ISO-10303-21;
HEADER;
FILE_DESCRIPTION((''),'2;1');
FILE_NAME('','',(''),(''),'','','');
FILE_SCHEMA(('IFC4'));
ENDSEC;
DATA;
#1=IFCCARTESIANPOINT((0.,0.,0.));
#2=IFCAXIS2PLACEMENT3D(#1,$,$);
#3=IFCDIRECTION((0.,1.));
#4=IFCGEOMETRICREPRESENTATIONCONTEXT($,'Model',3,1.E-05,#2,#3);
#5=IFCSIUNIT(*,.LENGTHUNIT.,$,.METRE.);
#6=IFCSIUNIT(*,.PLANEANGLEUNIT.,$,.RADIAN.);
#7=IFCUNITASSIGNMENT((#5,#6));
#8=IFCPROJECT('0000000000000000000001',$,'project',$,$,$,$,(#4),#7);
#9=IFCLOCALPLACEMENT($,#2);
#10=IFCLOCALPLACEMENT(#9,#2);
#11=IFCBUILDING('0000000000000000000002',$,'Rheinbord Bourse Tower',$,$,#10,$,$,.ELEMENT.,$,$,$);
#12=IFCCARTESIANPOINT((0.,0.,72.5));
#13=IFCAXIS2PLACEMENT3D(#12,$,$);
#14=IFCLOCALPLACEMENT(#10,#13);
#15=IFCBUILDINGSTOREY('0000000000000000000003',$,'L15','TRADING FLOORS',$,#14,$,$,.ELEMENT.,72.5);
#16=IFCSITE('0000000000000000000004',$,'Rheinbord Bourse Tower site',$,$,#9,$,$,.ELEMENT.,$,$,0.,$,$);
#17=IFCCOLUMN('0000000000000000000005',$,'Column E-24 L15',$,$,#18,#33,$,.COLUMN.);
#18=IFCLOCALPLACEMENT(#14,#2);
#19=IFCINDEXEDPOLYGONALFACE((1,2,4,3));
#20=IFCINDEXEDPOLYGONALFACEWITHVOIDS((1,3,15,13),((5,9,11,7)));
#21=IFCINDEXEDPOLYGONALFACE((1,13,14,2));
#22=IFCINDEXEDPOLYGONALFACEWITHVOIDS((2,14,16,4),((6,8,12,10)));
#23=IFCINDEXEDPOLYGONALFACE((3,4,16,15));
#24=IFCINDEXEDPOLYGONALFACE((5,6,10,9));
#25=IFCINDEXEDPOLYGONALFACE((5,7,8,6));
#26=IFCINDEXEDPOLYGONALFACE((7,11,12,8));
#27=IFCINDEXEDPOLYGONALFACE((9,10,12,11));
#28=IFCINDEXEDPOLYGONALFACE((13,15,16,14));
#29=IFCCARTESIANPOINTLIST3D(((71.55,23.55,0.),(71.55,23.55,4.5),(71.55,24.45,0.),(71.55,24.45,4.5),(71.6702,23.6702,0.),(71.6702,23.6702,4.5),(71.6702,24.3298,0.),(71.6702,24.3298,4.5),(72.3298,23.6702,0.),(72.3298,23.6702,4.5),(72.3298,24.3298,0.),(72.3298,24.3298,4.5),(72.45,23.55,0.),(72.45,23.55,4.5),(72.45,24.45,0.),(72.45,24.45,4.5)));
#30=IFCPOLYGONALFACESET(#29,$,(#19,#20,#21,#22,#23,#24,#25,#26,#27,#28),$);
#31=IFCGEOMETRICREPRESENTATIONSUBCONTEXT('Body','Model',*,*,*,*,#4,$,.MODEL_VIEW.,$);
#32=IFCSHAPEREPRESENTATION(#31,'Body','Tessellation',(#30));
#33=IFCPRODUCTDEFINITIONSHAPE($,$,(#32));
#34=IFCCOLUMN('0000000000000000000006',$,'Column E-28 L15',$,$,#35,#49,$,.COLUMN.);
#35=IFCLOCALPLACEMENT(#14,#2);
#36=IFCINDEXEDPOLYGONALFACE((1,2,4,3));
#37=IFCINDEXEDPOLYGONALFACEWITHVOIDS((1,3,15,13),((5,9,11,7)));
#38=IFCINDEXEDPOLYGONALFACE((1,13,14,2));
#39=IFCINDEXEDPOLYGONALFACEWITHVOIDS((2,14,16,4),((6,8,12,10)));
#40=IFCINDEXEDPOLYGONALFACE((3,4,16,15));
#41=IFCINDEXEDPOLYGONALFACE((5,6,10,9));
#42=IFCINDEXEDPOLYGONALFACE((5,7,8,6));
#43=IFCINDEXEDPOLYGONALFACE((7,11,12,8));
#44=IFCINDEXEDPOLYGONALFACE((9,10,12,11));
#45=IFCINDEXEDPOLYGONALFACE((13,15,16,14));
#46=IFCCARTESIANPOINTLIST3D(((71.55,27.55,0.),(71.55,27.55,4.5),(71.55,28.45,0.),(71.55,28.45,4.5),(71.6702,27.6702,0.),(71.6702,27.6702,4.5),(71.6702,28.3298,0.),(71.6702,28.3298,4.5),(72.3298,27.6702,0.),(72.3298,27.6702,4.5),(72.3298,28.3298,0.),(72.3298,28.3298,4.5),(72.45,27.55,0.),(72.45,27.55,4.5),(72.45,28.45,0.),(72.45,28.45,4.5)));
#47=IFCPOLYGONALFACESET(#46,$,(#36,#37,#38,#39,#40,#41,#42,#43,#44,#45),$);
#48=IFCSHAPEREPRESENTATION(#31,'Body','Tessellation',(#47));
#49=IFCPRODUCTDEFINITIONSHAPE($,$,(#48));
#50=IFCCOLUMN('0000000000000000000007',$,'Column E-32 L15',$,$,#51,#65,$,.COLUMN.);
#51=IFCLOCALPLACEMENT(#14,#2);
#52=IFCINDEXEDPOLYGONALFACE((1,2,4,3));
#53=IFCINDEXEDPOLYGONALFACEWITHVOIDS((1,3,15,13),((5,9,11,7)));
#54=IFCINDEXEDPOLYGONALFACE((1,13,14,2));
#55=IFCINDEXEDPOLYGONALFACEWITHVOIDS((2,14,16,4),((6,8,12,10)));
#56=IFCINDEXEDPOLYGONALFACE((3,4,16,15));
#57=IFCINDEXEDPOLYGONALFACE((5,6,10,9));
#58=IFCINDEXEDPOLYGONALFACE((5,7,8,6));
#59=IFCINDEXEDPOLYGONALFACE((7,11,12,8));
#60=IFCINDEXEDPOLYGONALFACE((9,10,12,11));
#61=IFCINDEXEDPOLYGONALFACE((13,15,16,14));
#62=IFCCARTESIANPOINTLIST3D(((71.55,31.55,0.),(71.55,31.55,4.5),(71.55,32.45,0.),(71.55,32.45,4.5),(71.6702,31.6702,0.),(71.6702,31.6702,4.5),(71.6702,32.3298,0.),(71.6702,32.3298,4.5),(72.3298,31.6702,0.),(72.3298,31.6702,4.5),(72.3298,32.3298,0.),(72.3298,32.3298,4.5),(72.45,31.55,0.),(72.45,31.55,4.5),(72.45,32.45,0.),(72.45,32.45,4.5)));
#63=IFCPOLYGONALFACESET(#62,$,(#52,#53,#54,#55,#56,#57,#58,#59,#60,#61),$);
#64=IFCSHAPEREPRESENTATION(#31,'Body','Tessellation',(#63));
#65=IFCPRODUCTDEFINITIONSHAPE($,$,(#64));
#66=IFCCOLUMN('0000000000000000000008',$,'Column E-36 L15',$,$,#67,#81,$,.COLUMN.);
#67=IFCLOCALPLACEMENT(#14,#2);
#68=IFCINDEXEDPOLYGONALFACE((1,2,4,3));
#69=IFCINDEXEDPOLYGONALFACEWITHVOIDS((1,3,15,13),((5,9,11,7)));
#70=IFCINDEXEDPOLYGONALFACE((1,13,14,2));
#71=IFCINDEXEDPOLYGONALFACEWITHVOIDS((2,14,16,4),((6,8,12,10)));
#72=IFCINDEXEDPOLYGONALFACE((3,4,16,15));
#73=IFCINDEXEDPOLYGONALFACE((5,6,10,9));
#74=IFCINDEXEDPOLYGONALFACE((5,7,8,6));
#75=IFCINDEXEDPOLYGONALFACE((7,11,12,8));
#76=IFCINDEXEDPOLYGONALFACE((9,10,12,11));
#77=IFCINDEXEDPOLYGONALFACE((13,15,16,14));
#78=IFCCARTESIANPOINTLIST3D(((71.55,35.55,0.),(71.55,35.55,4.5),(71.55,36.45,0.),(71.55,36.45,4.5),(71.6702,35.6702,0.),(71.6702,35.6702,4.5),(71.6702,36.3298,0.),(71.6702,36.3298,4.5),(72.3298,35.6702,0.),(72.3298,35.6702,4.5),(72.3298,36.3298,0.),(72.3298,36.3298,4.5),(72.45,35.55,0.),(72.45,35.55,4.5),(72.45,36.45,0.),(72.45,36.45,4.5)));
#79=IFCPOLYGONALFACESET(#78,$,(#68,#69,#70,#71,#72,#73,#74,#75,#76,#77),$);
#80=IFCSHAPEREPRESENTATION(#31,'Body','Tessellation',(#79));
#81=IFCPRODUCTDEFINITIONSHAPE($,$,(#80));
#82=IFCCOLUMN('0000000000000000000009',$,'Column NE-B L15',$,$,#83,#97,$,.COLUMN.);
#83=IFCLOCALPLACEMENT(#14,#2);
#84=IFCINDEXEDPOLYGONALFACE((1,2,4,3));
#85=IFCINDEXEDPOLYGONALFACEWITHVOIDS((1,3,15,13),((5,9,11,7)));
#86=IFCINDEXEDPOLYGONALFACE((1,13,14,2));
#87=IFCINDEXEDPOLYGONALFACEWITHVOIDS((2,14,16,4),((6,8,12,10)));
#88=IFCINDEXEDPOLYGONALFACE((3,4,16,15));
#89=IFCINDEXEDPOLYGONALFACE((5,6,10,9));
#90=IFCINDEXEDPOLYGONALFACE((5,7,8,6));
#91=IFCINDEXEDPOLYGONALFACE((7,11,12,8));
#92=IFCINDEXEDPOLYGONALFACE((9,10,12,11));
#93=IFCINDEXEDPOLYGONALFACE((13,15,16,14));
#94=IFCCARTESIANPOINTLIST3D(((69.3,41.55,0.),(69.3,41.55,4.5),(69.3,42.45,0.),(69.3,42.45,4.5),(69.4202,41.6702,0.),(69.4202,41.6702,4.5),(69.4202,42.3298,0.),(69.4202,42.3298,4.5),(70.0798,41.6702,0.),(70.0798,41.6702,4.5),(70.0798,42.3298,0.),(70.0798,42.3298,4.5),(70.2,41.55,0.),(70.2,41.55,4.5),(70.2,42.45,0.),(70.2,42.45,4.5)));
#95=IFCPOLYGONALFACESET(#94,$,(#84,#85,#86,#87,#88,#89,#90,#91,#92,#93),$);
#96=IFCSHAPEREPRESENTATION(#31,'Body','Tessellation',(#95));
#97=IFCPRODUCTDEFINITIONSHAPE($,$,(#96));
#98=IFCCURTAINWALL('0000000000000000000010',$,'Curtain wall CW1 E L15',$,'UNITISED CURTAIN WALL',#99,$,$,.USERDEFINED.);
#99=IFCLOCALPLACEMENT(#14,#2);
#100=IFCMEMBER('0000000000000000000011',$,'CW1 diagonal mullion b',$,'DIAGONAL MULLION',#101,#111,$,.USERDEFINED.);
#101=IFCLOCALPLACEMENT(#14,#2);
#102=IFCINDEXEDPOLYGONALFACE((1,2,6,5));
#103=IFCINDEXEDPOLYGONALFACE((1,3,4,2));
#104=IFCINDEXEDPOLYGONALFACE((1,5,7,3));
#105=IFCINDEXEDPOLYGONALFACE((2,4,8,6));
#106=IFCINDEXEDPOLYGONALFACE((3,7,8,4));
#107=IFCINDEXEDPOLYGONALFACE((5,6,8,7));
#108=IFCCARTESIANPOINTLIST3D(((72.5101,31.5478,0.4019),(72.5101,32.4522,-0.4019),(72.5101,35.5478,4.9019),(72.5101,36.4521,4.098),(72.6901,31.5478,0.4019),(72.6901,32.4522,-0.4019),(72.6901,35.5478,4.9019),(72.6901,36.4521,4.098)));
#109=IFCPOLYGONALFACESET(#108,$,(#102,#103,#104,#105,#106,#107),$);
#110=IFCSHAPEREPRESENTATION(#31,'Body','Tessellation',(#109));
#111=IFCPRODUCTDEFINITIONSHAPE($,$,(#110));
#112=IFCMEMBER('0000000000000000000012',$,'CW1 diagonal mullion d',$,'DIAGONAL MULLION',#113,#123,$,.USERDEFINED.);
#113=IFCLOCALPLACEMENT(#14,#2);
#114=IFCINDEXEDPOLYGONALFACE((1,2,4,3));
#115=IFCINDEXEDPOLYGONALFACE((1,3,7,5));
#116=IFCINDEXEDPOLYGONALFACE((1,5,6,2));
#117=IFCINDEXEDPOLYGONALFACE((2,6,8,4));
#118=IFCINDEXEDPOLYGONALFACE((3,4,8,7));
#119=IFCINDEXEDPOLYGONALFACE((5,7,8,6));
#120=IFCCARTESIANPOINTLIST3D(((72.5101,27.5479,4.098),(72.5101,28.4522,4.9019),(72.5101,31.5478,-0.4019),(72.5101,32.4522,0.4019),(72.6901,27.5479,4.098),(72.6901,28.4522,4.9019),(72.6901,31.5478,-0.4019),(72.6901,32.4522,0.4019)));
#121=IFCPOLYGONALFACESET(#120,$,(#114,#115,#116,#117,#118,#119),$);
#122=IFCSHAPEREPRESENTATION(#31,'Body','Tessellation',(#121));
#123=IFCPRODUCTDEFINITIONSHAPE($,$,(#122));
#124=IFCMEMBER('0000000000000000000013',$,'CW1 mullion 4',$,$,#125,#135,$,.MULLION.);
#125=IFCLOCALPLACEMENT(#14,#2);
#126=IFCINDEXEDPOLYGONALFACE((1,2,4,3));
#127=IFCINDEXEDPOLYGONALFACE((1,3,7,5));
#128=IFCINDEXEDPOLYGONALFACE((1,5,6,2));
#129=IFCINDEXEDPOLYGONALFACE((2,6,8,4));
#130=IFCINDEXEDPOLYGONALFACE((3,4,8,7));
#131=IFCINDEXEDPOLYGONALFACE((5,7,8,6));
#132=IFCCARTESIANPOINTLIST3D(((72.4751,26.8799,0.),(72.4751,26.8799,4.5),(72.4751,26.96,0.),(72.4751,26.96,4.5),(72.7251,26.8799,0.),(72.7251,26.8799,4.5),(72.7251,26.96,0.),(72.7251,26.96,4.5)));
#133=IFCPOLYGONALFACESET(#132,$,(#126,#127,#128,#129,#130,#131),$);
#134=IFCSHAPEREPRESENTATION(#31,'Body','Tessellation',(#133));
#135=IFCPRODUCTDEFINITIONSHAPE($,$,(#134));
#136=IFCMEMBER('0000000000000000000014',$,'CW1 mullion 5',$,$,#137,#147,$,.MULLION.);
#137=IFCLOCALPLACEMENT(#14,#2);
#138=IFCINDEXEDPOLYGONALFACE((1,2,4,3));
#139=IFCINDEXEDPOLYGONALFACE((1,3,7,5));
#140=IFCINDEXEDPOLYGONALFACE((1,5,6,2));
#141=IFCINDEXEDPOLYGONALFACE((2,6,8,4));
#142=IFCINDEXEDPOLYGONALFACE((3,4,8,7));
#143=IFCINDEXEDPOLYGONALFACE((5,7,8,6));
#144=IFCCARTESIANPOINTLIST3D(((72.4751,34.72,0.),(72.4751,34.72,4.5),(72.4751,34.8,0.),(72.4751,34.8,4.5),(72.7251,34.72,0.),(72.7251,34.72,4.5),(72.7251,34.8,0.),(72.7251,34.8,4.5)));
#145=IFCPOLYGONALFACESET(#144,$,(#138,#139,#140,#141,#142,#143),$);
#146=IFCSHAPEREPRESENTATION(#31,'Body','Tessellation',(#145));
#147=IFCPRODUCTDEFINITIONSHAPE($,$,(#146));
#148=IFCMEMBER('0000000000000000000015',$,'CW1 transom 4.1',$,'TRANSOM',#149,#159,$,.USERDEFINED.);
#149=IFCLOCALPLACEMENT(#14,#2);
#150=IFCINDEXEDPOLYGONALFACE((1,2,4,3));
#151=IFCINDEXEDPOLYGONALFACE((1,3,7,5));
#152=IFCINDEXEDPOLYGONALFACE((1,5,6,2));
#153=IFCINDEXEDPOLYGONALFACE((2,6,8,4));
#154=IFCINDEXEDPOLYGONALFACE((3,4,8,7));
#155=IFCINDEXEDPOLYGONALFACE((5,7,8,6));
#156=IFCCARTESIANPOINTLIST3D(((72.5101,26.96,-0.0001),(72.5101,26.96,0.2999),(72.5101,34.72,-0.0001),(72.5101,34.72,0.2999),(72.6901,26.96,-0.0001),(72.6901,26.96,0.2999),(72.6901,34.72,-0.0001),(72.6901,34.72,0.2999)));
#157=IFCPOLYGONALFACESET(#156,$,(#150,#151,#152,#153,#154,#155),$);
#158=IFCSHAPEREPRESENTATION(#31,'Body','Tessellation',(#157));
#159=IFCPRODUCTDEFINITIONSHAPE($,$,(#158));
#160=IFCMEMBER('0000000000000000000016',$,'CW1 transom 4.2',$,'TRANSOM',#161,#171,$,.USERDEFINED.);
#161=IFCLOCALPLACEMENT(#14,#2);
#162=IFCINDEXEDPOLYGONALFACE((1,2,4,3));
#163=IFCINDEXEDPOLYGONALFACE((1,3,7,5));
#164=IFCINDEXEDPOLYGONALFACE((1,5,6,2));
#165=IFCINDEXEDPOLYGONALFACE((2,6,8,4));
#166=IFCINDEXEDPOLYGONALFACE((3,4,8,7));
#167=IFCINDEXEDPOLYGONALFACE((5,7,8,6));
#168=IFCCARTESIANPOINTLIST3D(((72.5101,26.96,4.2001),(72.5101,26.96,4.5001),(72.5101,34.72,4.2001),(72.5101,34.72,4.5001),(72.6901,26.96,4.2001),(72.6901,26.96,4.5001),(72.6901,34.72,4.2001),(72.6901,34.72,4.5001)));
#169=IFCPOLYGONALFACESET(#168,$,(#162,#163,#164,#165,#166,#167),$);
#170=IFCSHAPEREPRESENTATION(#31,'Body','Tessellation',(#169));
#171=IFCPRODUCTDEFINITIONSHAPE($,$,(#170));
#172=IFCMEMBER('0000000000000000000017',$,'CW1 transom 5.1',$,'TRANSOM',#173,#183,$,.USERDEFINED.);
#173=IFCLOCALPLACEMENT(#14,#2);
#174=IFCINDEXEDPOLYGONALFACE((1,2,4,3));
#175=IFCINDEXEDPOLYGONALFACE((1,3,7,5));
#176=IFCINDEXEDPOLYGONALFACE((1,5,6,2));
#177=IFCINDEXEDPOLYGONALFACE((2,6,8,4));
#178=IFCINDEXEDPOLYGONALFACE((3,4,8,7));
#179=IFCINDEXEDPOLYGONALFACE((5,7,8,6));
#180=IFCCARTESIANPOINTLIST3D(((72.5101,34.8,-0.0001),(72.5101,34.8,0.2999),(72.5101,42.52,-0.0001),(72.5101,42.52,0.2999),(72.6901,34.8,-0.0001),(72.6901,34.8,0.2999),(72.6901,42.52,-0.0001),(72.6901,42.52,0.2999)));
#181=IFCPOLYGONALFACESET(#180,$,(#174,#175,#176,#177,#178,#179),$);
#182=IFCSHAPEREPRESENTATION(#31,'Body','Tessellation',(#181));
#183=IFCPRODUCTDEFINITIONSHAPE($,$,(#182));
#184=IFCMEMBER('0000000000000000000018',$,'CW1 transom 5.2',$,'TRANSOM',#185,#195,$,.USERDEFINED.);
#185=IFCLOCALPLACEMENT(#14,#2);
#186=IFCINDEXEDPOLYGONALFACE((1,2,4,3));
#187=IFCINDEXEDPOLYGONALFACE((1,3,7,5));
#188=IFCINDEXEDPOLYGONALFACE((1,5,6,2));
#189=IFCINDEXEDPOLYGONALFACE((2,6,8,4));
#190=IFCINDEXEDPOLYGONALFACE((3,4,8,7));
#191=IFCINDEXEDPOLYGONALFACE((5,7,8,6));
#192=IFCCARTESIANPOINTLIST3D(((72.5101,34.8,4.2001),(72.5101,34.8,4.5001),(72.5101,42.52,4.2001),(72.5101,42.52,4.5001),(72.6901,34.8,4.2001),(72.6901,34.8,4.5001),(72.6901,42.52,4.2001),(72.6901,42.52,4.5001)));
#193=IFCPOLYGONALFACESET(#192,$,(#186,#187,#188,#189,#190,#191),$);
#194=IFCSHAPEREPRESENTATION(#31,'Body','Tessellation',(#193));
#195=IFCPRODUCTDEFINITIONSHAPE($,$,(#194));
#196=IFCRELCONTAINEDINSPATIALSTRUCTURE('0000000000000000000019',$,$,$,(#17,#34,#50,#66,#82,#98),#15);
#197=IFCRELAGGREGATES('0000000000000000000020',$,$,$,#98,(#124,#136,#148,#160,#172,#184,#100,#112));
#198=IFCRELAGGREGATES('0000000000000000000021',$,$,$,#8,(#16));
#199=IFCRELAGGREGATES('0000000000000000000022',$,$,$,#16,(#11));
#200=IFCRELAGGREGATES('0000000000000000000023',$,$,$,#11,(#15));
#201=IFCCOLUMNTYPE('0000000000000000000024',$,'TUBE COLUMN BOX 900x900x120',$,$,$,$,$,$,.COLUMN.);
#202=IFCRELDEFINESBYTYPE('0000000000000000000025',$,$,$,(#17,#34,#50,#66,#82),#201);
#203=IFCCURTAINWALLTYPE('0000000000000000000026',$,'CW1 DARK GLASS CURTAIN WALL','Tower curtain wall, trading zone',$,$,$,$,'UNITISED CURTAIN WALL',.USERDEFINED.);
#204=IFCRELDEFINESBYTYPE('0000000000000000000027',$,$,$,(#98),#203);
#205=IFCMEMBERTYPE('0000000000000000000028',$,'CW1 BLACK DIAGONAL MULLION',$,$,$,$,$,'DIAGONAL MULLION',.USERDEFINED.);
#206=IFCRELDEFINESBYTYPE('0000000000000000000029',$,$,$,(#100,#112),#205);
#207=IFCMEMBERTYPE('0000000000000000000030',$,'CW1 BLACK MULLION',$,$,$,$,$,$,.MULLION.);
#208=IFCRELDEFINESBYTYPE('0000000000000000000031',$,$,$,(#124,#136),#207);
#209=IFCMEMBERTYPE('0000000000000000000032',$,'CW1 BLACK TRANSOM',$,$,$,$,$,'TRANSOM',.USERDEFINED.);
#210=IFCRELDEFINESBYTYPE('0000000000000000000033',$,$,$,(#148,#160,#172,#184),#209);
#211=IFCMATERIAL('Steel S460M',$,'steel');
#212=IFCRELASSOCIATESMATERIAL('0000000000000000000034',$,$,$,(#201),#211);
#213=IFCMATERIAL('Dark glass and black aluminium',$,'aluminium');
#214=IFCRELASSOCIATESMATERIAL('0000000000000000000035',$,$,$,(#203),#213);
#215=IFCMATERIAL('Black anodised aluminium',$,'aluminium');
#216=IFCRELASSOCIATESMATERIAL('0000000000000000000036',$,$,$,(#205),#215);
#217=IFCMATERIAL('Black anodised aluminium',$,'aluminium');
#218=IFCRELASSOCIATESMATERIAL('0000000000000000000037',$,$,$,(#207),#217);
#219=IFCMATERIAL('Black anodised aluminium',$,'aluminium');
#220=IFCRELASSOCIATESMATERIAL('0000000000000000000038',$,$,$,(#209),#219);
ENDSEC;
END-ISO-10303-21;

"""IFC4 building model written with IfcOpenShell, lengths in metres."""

from ifc_helpers import new_model, si_unit, direction, frame, origin, origin_2d, place, context, subcontext, project, spatial, rectangle, hollow_rectangle, extrude, material, material_profile, profile_set, type_object, element, aggregate, save


model = new_model("IFC4")

# Units and contexts
model_context = context("Model", 3, precision=1e-05, world=origin(), true_north=direction((0.0, 1.0)))
body_context = subcontext(model_context, "Body", "Model", "MODEL_VIEW")
ifc_project = project(units=[si_unit("LENGTHUNIT", "METRE"), si_unit("PLANEANGLEUNIT", "RADIAN")], contexts=[model_context])

# Site, building, storey
site_placement = place(None, origin())
site = spatial("IfcSite", under=ifc_project, at=site_placement, Name="Rheinbord Bourse Tower site", CompositionType="ELEMENT", RefElevation=0.0)
building_placement = place(site_placement, origin())
building = spatial("IfcBuilding", under=site, at=building_placement, Name="Rheinbord Bourse Tower", CompositionType="ELEMENT")
storey_placement = place(building_placement, frame((0.0, 0.0, 72.5)))
storey = spatial("IfcBuildingStorey", under=building, at=storey_placement, Name="L15", Description="TRADING FLOORS", CompositionType="ELEMENT", Elevation=72.5)

# Columns
ifc_material_1 = material(Name="Steel S460M", Category="steel")
ifc_material_profile_1 = material_profile(ifc_material_1, hollow_rectangle(XDim=0.8999, YDim=0.8999, WallThickness=0.1201, at=origin_2d()), Name="BOX 900x900x120")
ifc_profile_set_1 = profile_set([ifc_material_profile_1], Name="Steel S460M")
column_type = type_object("IfcColumnType", Name="TUBE COLUMN BOX 900x900x120", PredefinedType="COLUMN", material=ifc_profile_set_1)
for number, where, z_axis, x_axis, name in (
    (1, (72.0, 24.0, 0.0), (0.0, 0.0, 1.0), (1.0, 0.0, 0.0), "Column E-24 L15"),
    (2, (72.0, 28.0, 0.0), (0.0, 0.0, 1.0), (1.0, 0.0, 0.0), "Column E-28 L15"),
    (3, (72.0, 32.0, 0.0), (0.0, 0.0, 1.0), (1.0, 0.0, 0.0), "Column E-32 L15"),
    (4, (72.0, 36.0, 0.0), (0.0, 0.0, 1.0), (1.0, 0.0, 0.0), "Column E-36 L15"),
    (5, (69.75, 42.0, 0.0), (0.0, 0.0, 1.0), (1.0, 0.0, 0.0), "Column NE-B L15"),
):
    element("IfcColumn", number, at=place(storey_placement, frame(where, z_axis=z_axis, x_axis=x_axis)), inside=storey, type_object=column_type, Name=name, PredefinedType="COLUMN", context=body_context, shape_type="SweptSolid", body=[
        extrude(hollow_rectangle(XDim=0.8999, YDim=0.8999, WallThickness=0.1201, at=origin_2d()), origin(), (0.0, 0.0, 1.0), 4.5),
    ])

# Curtain wall, members
ifc_material_2 = material(Name="Dark glass and black aluminium", Category="aluminium")
curtain_wall_type = type_object("IfcCurtainWallType", Name="CW1 DARK GLASS CURTAIN WALL", Description="Tower curtain wall, trading zone", ElementType="UNITISED CURTAIN WALL", PredefinedType="USERDEFINED", material=ifc_material_2)
curtain_wall_placement = place(storey_placement, origin())
curtain_wall = element("IfcCurtainWall", 6, at=curtain_wall_placement, inside=storey, type_object=curtain_wall_type, Name="Curtain wall CW1 E L15", ObjectType="UNITISED CURTAIN WALL", PredefinedType="USERDEFINED")
ifc_material_3 = material(Name="Black anodised aluminium", Category="aluminium")
ifc_material_profile_2 = material_profile(ifc_material_3, rectangle(XDim=0.1799, YDim=1.21, at=origin_2d()), Name="CW1 DIAGONAL MULLION 1210x180")
ifc_profile_set_2 = profile_set([ifc_material_profile_2], Name="Black anodised aluminium")
member_type_1 = type_object("IfcMemberType", Name="CW1 BLACK DIAGONAL MULLION", ElementType="DIAGONAL MULLION", PredefinedType="USERDEFINED", material=ifc_profile_set_2)
member_1_placement = place(storey_placement, frame((72.6001, 32.0, 0.0), z_axis=(0.0, 0.664364, 0.747409), x_axis=(-1.0, 0.0, 0.0)))
member_1 = element("IfcMember", 7, at=member_1_placement, type_object=member_type_1, Name="CW1 diagonal mullion b", ObjectType="DIAGONAL MULLION", PredefinedType="USERDEFINED", context=body_context, shape_type="SweptSolid", body=[
    extrude(rectangle(XDim=0.1799, YDim=1.21, at=origin_2d()), origin(), (0.0, 0.0, 1.0), 6.0208),
])
member_2_placement = place(storey_placement, frame((72.6001, 32.0, 0.0), z_axis=(0.0, -0.664364, 0.747409), x_axis=(1.0, 0.0, 0.0)))
member_2 = element("IfcMember", 8, at=member_2_placement, type_object=member_type_1, Name="CW1 diagonal mullion d", ObjectType="DIAGONAL MULLION", PredefinedType="USERDEFINED", context=body_context, shape_type="SweptSolid", body=[
    extrude(rectangle(XDim=0.1799, YDim=1.21, at=origin_2d()), origin(), (0.0, 0.0, 1.0), 6.0208),
])
ifc_material_4 = material(Name="Black anodised aluminium", Category="aluminium")
ifc_material_profile_3 = material_profile(ifc_material_4, rectangle(XDim=0.25, YDim=0.0801, at=origin_2d()), Name="CW1 MULLION 80x250")
ifc_profile_set_3 = profile_set([ifc_material_profile_3], Name="Black anodised aluminium")
member_type_2 = type_object("IfcMemberType", Name="CW1 BLACK MULLION", PredefinedType="MULLION", material=ifc_profile_set_3)
member_3_placement = place(storey_placement, frame((72.6001, 26.9199, 0.0), z_axis=(0.0, 0.0, 1.0), x_axis=(-1.0, 0.0, 0.0)))
member_3 = element("IfcMember", 9, at=member_3_placement, type_object=member_type_2, Name="CW1 mullion 4", PredefinedType="MULLION", context=body_context, shape_type="SweptSolid", body=[
    extrude(rectangle(XDim=0.25, YDim=0.0801, at=origin_2d()), origin(), (0.0, 0.0, 1.0), 4.5),
])
member_4_placement = place(storey_placement, frame((72.6001, 34.76, 0.0), z_axis=(0.0, 0.0, 1.0), x_axis=(-1.0, 0.0, 0.0)))
member_4 = element("IfcMember", 10, at=member_4_placement, type_object=member_type_2, Name="CW1 mullion 5", PredefinedType="MULLION", context=body_context, shape_type="SweptSolid", body=[
    extrude(rectangle(XDim=0.25, YDim=0.0801, at=origin_2d()), origin(), (0.0, 0.0, 1.0), 4.5),
])
ifc_material_5 = material(Name="Black anodised aluminium", Category="aluminium")
ifc_material_profile_4 = material_profile(ifc_material_5, rectangle(XDim=0.1799, YDim=0.3, at=origin_2d()), Name="CW1 TRANSOM 300x180")
ifc_profile_set_4 = profile_set([ifc_material_profile_4], Name="Black anodised aluminium")
member_type_3 = type_object("IfcMemberType", Name="CW1 BLACK TRANSOM", ElementType="TRANSOM", PredefinedType="USERDEFINED", material=ifc_profile_set_4)
member_5_placement = place(storey_placement, frame((72.6001, 26.96, 0.1499), z_axis=(0.0, 1.0, 0.0), x_axis=(-1.0, 0.0, 0.0)))
member_5 = element("IfcMember", 11, at=member_5_placement, type_object=member_type_3, Name="CW1 transom 4.1", ObjectType="TRANSOM", PredefinedType="USERDEFINED", context=body_context, shape_type="SweptSolid", body=[
    extrude(rectangle(XDim=0.1799, YDim=0.3, at=origin_2d()), origin(), (0.0, 0.0, 1.0), 7.76),
])
member_6_placement = place(storey_placement, frame((72.6001, 26.96, 4.3501), z_axis=(0.0, 1.0, 0.0), x_axis=(-1.0, 0.0, 0.0)))
member_6 = element("IfcMember", 12, at=member_6_placement, type_object=member_type_3, Name="CW1 transom 4.2", ObjectType="TRANSOM", PredefinedType="USERDEFINED", context=body_context, shape_type="SweptSolid", body=[
    extrude(rectangle(XDim=0.1799, YDim=0.3, at=origin_2d()), origin(), (0.0, 0.0, 1.0), 7.76),
])
member_7_placement = place(storey_placement, frame((72.6001, 34.8, 0.1499), z_axis=(0.0, 1.0, 0.0), x_axis=(-1.0, 0.0, 0.0)))
member_7 = element("IfcMember", 13, at=member_7_placement, type_object=member_type_3, Name="CW1 transom 5.1", ObjectType="TRANSOM", PredefinedType="USERDEFINED", context=body_context, shape_type="SweptSolid", body=[
    extrude(rectangle(XDim=0.1799, YDim=0.3, at=origin_2d()), origin(), (0.0, 0.0, 1.0), 7.72),
])
member_8_placement = place(storey_placement, frame((72.6001, 34.8, 4.3501), z_axis=(0.0, 1.0, 0.0), x_axis=(-1.0, 0.0, 0.0)))
member_8 = element("IfcMember", 14, at=member_8_placement, type_object=member_type_3, Name="CW1 transom 5.2", ObjectType="TRANSOM", PredefinedType="USERDEFINED", context=body_context, shape_type="SweptSolid", body=[
    extrude(rectangle(XDim=0.1799, YDim=0.3, at=origin_2d()), origin(), (0.0, 0.0, 1.0), 7.72),
])

aggregate(curtain_wall, [member_3, member_4, member_5, member_6, member_7, member_8, member_1, member_2])

save(model, "model.ifc")
